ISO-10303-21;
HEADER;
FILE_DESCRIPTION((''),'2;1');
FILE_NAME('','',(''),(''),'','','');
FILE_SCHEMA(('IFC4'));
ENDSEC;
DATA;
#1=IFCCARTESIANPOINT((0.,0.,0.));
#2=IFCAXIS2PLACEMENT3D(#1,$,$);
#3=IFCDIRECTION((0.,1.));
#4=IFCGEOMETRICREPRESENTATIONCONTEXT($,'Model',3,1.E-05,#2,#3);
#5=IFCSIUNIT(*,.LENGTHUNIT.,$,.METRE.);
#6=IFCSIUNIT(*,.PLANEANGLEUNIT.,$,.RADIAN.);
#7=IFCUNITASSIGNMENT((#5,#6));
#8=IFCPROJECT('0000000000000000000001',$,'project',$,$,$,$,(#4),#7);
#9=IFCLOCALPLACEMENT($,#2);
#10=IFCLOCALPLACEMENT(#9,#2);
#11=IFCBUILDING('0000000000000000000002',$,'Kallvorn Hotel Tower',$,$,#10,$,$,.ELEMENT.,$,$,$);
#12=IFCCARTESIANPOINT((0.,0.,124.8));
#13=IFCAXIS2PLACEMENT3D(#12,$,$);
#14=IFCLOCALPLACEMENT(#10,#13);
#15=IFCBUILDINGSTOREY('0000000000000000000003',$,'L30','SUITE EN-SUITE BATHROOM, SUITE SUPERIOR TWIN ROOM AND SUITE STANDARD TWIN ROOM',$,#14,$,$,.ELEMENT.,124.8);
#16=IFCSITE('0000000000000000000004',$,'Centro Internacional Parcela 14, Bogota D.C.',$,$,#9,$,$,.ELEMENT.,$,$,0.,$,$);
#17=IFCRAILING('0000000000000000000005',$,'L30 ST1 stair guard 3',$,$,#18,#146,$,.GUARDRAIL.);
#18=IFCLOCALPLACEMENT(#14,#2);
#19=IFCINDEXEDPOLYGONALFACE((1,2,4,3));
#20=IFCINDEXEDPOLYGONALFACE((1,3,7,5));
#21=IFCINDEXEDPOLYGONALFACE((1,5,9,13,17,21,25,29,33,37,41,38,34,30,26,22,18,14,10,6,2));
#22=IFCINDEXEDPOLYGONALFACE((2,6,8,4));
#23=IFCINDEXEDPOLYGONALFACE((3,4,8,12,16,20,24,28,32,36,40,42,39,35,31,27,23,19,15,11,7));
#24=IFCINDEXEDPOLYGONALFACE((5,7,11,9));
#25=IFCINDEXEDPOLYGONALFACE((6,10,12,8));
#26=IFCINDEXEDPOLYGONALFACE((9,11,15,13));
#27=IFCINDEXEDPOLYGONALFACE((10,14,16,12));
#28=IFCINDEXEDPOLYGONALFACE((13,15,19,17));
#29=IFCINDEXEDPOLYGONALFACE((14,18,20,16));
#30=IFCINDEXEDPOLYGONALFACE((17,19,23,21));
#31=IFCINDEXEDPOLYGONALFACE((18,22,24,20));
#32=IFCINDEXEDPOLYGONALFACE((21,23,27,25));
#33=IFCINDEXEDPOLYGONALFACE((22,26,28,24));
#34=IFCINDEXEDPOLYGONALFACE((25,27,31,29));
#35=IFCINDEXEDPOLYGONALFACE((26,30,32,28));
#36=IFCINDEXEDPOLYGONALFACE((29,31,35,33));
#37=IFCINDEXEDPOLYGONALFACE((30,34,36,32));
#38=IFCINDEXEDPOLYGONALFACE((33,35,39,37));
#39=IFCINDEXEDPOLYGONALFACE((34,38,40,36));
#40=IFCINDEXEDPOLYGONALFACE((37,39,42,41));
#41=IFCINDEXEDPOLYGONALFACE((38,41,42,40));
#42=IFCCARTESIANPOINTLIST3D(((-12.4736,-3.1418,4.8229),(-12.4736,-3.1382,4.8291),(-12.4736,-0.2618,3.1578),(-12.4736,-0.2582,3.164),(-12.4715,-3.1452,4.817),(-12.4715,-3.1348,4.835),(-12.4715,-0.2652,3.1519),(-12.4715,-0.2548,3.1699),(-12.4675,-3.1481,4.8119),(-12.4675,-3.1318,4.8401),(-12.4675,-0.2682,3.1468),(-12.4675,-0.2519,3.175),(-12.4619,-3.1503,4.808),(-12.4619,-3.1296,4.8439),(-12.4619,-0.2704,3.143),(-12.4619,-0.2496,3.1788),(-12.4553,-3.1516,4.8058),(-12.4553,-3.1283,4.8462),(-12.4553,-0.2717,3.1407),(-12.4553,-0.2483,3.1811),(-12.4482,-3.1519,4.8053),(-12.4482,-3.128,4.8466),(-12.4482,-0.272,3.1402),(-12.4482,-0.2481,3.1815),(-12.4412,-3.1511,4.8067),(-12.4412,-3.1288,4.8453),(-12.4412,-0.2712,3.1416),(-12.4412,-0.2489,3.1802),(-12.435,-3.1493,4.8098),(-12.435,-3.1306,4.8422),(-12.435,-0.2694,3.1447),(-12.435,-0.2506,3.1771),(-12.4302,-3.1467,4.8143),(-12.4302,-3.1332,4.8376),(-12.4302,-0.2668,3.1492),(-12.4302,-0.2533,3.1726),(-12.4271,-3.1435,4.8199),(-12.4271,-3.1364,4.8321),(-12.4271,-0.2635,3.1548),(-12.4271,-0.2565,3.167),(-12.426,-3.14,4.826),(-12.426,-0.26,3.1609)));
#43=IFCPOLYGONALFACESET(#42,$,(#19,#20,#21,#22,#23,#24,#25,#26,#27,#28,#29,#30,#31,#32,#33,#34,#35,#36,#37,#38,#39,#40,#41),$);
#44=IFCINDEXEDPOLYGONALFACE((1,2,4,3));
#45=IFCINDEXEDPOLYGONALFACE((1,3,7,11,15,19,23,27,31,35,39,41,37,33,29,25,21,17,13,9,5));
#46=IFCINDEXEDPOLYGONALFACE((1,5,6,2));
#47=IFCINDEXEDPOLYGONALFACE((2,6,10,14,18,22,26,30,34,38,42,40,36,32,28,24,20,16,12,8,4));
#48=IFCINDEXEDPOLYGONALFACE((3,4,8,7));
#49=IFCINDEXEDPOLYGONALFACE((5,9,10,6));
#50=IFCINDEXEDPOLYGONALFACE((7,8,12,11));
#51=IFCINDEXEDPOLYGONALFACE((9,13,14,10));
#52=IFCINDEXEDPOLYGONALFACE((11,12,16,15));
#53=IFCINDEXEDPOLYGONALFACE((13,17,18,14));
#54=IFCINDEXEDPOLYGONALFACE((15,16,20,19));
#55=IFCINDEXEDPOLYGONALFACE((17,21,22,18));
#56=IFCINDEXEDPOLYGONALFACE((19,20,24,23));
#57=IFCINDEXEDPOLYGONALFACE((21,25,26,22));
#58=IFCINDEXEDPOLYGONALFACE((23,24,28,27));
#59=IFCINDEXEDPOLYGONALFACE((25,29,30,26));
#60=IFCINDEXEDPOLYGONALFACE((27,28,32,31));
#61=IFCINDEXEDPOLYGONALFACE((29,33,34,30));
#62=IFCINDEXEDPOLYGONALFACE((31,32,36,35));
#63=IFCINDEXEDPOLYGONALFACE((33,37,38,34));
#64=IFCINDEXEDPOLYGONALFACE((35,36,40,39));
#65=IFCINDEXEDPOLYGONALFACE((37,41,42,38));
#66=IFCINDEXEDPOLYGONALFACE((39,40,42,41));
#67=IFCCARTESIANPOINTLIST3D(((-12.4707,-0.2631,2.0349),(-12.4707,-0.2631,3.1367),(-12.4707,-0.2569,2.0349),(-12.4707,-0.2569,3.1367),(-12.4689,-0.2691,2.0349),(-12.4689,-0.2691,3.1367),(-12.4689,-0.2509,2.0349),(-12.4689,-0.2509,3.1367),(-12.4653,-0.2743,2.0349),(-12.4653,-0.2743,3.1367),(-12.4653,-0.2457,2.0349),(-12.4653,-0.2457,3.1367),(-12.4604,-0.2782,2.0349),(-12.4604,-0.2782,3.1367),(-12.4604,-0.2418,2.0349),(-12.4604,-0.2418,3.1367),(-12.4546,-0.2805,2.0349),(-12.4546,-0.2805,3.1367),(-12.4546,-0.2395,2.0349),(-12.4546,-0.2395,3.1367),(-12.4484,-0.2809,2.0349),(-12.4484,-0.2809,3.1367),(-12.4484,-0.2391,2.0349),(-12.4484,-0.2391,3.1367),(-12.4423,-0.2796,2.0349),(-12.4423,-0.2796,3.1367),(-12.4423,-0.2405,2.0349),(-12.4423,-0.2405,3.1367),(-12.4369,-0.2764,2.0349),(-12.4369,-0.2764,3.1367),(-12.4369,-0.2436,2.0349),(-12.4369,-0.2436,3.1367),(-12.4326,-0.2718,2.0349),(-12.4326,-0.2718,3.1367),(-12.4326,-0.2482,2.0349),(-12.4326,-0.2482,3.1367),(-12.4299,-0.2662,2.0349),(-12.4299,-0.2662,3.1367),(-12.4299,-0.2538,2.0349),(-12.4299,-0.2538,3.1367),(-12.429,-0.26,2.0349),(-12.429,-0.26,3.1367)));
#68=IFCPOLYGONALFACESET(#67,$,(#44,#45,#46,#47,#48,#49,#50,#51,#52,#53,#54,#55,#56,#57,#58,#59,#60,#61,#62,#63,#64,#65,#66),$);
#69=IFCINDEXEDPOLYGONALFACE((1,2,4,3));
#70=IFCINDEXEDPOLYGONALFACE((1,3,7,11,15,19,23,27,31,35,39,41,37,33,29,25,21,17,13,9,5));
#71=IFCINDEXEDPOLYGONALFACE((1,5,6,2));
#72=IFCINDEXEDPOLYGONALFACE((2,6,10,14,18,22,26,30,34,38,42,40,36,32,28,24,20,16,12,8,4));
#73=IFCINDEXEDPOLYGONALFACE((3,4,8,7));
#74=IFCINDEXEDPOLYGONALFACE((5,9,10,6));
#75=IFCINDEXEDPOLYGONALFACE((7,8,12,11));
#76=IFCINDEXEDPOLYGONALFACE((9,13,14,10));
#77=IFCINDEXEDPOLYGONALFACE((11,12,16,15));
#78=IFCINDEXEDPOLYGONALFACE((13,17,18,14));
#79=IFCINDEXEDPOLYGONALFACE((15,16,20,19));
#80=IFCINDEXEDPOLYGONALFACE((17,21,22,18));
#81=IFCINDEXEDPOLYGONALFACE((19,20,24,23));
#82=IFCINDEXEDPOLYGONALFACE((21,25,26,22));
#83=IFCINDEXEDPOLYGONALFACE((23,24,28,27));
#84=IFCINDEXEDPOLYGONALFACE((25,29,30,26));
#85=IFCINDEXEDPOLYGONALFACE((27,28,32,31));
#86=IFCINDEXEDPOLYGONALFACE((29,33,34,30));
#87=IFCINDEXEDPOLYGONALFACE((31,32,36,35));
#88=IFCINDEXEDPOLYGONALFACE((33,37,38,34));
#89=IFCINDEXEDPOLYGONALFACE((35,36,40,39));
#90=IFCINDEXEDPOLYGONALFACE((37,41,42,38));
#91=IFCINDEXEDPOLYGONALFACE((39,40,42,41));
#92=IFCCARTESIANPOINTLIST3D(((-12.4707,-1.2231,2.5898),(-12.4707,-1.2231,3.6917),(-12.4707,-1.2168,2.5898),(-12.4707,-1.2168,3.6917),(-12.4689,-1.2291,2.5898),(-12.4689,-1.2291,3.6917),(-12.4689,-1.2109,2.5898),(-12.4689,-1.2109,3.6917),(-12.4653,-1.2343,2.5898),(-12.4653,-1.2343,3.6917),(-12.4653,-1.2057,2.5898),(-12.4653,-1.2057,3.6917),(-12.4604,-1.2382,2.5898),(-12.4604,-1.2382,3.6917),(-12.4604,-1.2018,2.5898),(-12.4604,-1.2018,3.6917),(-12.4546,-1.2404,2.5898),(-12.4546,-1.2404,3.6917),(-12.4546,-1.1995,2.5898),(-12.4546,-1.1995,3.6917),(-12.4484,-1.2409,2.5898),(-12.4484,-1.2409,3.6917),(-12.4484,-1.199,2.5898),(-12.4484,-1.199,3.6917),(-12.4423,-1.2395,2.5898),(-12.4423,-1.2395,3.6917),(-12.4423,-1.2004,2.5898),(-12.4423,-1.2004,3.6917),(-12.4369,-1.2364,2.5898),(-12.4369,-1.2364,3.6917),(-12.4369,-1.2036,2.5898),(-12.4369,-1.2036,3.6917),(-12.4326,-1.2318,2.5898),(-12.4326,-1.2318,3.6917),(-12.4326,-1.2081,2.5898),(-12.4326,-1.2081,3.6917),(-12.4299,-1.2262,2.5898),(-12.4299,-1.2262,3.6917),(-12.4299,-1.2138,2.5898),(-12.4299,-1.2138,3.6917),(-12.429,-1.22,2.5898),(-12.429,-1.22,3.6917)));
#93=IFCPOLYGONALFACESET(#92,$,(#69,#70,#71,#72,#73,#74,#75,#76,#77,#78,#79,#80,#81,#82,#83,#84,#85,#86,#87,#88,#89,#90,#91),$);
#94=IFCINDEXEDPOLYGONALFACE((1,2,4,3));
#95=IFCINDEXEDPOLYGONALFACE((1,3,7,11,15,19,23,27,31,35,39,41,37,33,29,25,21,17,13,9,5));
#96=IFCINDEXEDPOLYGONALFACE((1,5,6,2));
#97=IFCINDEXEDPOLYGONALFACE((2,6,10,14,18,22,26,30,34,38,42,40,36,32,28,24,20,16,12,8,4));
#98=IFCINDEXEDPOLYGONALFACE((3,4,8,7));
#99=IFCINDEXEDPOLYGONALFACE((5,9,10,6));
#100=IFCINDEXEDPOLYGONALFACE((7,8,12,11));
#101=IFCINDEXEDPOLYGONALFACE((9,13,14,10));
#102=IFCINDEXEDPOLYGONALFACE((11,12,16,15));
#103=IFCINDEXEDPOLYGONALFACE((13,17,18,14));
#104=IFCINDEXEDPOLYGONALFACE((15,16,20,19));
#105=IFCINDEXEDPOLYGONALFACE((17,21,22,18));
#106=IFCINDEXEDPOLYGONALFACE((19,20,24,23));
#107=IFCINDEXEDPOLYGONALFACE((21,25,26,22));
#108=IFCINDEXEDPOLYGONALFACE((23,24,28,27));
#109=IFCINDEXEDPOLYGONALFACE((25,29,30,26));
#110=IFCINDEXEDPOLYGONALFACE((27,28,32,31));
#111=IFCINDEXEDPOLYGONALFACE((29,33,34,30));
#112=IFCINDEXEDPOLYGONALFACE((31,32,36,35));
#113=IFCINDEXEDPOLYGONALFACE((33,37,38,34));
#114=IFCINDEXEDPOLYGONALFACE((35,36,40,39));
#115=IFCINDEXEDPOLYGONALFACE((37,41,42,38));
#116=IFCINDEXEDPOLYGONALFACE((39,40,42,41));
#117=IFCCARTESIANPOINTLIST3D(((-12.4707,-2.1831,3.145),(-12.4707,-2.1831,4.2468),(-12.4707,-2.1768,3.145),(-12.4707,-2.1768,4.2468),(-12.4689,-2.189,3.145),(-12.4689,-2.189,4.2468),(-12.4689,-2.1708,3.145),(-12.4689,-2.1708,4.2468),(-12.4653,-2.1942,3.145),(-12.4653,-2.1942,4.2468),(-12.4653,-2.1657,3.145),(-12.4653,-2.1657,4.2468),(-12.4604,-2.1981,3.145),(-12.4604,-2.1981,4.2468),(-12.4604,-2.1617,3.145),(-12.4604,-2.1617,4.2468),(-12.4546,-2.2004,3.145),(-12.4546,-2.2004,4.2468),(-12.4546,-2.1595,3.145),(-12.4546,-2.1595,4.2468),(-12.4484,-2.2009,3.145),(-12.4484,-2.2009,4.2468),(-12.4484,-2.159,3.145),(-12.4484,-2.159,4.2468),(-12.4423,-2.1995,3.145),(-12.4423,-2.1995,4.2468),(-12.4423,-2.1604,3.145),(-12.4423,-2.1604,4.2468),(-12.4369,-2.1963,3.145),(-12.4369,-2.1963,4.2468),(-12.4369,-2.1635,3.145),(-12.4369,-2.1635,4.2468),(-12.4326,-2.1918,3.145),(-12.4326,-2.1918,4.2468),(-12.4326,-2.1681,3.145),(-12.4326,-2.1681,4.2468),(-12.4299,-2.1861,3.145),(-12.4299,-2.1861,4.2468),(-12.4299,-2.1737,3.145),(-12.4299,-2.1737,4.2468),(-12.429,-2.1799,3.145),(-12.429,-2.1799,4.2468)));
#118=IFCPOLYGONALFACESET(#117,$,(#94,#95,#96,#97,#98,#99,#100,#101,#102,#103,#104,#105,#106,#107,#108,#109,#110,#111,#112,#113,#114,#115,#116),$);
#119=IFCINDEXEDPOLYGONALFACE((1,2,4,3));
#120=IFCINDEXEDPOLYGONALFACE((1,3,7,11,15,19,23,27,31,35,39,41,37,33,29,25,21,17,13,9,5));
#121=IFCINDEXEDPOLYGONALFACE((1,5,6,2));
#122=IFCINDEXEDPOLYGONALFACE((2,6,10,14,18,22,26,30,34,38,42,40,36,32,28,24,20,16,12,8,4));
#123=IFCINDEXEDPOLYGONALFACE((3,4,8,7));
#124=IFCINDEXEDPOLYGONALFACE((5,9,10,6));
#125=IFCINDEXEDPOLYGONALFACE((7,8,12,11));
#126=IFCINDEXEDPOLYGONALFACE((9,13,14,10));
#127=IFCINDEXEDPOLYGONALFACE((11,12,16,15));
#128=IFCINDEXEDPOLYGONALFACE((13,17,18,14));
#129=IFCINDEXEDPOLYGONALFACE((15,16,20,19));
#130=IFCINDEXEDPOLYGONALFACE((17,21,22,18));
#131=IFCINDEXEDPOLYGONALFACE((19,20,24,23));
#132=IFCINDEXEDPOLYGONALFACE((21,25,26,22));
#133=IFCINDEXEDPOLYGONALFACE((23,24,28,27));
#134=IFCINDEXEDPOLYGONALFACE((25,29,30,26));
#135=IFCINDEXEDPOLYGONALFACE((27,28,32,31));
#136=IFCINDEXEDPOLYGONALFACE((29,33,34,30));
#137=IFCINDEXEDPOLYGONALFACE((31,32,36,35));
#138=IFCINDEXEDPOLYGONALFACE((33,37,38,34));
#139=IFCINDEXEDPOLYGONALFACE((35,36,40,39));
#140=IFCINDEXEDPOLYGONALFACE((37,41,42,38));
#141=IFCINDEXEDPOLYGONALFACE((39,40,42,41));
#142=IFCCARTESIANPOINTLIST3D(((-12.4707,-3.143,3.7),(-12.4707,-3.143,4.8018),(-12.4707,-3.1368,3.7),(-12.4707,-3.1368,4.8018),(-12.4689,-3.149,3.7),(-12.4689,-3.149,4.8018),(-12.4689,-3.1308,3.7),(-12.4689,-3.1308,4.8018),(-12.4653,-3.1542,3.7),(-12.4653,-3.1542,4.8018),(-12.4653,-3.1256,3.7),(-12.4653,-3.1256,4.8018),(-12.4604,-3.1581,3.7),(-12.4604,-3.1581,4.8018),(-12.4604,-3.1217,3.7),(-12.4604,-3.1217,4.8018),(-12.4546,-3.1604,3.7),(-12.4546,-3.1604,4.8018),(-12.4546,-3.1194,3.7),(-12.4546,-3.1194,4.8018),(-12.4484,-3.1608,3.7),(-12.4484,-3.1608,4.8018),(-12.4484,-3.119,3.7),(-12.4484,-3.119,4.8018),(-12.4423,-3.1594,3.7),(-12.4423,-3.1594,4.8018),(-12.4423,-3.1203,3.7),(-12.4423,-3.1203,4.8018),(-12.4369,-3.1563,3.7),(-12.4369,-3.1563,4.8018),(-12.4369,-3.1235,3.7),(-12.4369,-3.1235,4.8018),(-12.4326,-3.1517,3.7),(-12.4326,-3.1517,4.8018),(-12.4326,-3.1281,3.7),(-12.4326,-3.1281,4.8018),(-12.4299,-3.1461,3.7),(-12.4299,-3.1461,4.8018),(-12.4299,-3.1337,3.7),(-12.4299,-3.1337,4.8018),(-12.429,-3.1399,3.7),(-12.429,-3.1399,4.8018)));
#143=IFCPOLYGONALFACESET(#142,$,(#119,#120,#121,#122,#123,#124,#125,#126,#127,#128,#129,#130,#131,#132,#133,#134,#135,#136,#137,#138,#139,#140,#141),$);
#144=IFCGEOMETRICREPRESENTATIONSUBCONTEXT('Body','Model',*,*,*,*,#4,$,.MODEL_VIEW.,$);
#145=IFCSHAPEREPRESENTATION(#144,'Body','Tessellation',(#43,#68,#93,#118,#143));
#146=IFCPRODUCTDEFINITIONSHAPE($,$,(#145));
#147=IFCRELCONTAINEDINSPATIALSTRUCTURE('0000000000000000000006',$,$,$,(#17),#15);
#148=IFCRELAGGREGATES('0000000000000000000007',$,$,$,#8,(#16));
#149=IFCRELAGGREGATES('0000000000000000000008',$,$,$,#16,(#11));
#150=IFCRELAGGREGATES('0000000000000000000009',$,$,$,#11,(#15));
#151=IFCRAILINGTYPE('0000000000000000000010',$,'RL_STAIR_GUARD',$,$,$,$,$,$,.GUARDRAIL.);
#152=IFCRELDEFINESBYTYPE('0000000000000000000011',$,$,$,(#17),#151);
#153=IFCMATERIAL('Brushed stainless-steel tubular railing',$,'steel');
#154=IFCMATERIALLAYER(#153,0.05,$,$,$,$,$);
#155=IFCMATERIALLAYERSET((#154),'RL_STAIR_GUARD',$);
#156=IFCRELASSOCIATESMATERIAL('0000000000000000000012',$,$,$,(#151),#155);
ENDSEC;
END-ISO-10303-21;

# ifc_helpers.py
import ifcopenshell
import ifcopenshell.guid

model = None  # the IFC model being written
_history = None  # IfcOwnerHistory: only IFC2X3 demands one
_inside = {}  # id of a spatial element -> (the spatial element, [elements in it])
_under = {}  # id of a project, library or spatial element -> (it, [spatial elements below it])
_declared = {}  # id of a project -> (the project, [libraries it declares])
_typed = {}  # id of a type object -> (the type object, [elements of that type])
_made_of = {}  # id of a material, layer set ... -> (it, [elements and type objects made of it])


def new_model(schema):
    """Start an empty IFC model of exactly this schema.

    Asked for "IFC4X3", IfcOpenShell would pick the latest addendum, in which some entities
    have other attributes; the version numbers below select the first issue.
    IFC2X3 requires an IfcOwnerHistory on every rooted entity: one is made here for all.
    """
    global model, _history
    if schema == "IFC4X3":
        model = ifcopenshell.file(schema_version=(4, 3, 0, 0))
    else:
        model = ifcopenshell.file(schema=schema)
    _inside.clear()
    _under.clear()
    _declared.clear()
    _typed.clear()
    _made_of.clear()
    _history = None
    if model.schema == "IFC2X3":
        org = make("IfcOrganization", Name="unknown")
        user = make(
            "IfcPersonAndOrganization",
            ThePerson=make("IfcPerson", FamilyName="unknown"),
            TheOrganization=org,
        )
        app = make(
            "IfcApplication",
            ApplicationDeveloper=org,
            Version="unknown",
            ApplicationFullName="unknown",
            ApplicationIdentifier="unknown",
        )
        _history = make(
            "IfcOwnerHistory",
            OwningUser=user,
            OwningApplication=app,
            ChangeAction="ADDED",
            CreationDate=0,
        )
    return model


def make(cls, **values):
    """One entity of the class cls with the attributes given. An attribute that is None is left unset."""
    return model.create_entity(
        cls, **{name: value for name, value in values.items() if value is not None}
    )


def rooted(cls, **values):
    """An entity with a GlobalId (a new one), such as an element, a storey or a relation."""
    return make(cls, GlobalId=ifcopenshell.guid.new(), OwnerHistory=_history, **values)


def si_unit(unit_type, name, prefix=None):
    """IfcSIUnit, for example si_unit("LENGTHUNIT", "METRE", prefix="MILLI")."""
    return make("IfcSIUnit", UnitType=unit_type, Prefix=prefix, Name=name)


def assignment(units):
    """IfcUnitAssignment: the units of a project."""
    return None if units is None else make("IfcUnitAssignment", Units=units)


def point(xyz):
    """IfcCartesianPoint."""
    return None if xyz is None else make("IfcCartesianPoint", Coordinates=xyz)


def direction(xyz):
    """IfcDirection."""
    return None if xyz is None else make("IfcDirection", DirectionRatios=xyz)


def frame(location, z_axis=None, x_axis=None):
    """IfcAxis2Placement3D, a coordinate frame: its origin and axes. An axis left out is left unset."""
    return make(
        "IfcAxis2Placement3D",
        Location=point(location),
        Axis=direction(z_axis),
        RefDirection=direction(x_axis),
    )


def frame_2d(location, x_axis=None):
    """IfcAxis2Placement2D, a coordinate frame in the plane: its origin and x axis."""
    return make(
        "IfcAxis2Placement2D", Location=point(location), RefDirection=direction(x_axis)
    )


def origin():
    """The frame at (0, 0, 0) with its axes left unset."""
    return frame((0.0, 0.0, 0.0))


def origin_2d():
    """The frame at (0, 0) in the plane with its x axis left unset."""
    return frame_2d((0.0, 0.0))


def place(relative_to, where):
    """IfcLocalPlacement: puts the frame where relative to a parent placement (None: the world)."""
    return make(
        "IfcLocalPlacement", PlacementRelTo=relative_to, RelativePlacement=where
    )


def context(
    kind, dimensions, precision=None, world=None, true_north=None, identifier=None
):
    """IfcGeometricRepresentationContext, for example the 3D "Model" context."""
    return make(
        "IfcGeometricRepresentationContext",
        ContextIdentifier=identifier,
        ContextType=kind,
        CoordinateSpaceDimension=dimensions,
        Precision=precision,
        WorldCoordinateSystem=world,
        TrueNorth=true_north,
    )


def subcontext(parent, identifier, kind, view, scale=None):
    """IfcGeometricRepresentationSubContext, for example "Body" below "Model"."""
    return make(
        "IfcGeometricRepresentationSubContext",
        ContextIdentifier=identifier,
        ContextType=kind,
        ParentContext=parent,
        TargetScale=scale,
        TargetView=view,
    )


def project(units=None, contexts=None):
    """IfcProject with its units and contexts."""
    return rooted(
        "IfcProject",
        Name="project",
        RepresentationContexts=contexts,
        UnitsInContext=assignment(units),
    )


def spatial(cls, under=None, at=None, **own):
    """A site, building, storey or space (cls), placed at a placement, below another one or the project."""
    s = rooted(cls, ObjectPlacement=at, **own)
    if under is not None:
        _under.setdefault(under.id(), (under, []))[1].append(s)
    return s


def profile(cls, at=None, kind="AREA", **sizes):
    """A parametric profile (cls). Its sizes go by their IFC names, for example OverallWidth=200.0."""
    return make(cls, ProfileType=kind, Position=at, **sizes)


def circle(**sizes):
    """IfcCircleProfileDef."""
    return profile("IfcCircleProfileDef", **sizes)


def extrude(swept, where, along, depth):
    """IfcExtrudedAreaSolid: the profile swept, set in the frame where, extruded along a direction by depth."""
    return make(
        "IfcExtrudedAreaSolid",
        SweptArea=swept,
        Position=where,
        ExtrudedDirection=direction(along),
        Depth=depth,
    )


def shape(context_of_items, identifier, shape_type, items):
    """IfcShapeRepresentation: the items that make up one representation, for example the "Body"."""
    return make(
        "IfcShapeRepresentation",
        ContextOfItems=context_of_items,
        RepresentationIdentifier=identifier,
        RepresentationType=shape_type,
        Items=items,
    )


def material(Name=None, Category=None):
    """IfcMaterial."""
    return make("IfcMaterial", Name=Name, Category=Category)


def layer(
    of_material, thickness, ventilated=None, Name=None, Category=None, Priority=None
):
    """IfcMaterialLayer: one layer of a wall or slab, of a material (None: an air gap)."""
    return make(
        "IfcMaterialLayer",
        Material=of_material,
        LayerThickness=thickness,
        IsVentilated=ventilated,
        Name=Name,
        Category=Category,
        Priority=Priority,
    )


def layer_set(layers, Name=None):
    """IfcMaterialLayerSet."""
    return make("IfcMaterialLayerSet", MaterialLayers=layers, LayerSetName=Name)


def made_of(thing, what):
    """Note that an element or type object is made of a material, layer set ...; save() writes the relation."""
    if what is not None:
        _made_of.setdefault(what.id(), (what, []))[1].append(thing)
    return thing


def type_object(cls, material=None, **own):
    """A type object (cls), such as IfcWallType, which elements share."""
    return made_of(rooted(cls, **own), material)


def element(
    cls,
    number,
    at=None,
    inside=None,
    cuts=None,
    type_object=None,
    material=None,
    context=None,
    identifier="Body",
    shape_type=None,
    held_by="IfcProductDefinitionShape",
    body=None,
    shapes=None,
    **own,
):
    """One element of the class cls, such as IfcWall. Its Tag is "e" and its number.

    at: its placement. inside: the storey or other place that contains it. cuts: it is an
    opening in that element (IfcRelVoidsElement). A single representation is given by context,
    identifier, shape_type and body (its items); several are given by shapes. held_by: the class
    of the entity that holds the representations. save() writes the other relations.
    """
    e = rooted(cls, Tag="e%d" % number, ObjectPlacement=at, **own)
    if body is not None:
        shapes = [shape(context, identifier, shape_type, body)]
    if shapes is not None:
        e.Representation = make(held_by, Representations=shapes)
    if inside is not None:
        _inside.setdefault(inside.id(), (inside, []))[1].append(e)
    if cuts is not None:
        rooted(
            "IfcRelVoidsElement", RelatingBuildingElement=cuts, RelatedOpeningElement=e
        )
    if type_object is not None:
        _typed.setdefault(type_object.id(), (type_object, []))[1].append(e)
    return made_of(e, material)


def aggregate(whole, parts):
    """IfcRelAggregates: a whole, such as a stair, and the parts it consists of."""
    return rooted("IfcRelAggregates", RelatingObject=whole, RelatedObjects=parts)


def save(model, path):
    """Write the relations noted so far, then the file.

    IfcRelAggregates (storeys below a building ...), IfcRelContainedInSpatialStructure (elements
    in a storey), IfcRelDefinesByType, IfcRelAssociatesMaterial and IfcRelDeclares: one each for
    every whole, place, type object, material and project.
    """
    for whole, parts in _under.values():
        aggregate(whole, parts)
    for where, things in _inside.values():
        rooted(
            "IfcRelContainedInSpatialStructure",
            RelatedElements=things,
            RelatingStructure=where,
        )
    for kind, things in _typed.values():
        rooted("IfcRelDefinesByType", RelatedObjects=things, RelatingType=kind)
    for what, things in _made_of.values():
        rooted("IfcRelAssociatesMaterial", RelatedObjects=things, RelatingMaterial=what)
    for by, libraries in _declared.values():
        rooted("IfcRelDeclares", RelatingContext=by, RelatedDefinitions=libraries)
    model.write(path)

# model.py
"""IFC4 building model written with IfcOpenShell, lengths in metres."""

from ifc_helpers import new_model, si_unit, direction, frame, origin, origin_2d, place, context, subcontext, project, spatial, circle, extrude, material, layer, layer_set, type_object, element, save


model = new_model("IFC4")

# Units and contexts
model_context = context("Model", 3, precision=1e-05, world=origin(), true_north=direction((0.0, 1.0)))
body_context = subcontext(model_context, "Body", "Model", "MODEL_VIEW")
ifc_project = project(units=[si_unit("LENGTHUNIT", "METRE"), si_unit("PLANEANGLEUNIT", "RADIAN")], contexts=[model_context])

# Site, building, storey
site_placement = place(None, origin())
site = spatial("IfcSite", under=ifc_project, at=site_placement, Name="Centro Internacional Parcela 14, Bogota D.C.", CompositionType="ELEMENT", RefElevation=0.0)
building_placement = place(site_placement, origin())
building = spatial("IfcBuilding", under=site, at=building_placement, Name="Kallvorn Hotel Tower", CompositionType="ELEMENT")
storey_placement = place(building_placement, frame((0.0, 0.0, 124.8)))
storey = spatial("IfcBuildingStorey", under=building, at=storey_placement, Name="L30", Description="SUITE EN-SUITE BATHROOM, SUITE SUPERIOR TWIN ROOM AND SUITE STANDARD TWIN ROOM", CompositionType="ELEMENT", Elevation=124.8)

# Railing
ifc_material_1 = material(Name="Brushed stainless-steel tubular railing", Category="steel")
ifc_layer_1 = layer(ifc_material_1, 0.05)
ifc_layer_set_1 = layer_set([ifc_layer_1], Name="RL_STAIR_GUARD")
railing_type_1 = type_object("IfcRailingType", Name="RL_STAIR_GUARD", PredefinedType="GUARDRAIL", material=ifc_layer_set_1)
railing_1_placement = place(storey_placement, frame((-12.45, -0.26, 2.0349)))
element("IfcRailing", 1, at=railing_1_placement, inside=storey, type_object=railing_type_1, Name="L30 ST1 stair guard 3", PredefinedType="GUARDRAIL", context=body_context, shape_type="SweptSolid", body=[
    extrude(circle(Radius=0.0239, at=origin_2d()), frame((0.0, 0.0, 1.126), z_axis=(0.0, -0.865721, 0.500527), x_axis=(1.0, 0.0, 0.0)), (0.0, 0.0, 1.0), 3.3267),
    extrude(circle(Radius=0.021, at=origin_2d()), origin(), (0.0, 0.0, 1.0), 1.1018),
    extrude(circle(Radius=0.021, at=origin_2d()), frame((0.0, -0.96, 0.5549)), (0.0, 0.0, 1.0), 1.1018),
    extrude(circle(Radius=0.021, at=origin_2d()), frame((0.0, -1.9199, 1.1101)), (0.0, 0.0, 1.0), 1.1018),
    extrude(circle(Radius=0.021, at=origin_2d()), frame((0.0, -2.8799, 1.665)), (0.0, 0.0, 1.0), 1.1018),
])

save(model, "model.ifc")
